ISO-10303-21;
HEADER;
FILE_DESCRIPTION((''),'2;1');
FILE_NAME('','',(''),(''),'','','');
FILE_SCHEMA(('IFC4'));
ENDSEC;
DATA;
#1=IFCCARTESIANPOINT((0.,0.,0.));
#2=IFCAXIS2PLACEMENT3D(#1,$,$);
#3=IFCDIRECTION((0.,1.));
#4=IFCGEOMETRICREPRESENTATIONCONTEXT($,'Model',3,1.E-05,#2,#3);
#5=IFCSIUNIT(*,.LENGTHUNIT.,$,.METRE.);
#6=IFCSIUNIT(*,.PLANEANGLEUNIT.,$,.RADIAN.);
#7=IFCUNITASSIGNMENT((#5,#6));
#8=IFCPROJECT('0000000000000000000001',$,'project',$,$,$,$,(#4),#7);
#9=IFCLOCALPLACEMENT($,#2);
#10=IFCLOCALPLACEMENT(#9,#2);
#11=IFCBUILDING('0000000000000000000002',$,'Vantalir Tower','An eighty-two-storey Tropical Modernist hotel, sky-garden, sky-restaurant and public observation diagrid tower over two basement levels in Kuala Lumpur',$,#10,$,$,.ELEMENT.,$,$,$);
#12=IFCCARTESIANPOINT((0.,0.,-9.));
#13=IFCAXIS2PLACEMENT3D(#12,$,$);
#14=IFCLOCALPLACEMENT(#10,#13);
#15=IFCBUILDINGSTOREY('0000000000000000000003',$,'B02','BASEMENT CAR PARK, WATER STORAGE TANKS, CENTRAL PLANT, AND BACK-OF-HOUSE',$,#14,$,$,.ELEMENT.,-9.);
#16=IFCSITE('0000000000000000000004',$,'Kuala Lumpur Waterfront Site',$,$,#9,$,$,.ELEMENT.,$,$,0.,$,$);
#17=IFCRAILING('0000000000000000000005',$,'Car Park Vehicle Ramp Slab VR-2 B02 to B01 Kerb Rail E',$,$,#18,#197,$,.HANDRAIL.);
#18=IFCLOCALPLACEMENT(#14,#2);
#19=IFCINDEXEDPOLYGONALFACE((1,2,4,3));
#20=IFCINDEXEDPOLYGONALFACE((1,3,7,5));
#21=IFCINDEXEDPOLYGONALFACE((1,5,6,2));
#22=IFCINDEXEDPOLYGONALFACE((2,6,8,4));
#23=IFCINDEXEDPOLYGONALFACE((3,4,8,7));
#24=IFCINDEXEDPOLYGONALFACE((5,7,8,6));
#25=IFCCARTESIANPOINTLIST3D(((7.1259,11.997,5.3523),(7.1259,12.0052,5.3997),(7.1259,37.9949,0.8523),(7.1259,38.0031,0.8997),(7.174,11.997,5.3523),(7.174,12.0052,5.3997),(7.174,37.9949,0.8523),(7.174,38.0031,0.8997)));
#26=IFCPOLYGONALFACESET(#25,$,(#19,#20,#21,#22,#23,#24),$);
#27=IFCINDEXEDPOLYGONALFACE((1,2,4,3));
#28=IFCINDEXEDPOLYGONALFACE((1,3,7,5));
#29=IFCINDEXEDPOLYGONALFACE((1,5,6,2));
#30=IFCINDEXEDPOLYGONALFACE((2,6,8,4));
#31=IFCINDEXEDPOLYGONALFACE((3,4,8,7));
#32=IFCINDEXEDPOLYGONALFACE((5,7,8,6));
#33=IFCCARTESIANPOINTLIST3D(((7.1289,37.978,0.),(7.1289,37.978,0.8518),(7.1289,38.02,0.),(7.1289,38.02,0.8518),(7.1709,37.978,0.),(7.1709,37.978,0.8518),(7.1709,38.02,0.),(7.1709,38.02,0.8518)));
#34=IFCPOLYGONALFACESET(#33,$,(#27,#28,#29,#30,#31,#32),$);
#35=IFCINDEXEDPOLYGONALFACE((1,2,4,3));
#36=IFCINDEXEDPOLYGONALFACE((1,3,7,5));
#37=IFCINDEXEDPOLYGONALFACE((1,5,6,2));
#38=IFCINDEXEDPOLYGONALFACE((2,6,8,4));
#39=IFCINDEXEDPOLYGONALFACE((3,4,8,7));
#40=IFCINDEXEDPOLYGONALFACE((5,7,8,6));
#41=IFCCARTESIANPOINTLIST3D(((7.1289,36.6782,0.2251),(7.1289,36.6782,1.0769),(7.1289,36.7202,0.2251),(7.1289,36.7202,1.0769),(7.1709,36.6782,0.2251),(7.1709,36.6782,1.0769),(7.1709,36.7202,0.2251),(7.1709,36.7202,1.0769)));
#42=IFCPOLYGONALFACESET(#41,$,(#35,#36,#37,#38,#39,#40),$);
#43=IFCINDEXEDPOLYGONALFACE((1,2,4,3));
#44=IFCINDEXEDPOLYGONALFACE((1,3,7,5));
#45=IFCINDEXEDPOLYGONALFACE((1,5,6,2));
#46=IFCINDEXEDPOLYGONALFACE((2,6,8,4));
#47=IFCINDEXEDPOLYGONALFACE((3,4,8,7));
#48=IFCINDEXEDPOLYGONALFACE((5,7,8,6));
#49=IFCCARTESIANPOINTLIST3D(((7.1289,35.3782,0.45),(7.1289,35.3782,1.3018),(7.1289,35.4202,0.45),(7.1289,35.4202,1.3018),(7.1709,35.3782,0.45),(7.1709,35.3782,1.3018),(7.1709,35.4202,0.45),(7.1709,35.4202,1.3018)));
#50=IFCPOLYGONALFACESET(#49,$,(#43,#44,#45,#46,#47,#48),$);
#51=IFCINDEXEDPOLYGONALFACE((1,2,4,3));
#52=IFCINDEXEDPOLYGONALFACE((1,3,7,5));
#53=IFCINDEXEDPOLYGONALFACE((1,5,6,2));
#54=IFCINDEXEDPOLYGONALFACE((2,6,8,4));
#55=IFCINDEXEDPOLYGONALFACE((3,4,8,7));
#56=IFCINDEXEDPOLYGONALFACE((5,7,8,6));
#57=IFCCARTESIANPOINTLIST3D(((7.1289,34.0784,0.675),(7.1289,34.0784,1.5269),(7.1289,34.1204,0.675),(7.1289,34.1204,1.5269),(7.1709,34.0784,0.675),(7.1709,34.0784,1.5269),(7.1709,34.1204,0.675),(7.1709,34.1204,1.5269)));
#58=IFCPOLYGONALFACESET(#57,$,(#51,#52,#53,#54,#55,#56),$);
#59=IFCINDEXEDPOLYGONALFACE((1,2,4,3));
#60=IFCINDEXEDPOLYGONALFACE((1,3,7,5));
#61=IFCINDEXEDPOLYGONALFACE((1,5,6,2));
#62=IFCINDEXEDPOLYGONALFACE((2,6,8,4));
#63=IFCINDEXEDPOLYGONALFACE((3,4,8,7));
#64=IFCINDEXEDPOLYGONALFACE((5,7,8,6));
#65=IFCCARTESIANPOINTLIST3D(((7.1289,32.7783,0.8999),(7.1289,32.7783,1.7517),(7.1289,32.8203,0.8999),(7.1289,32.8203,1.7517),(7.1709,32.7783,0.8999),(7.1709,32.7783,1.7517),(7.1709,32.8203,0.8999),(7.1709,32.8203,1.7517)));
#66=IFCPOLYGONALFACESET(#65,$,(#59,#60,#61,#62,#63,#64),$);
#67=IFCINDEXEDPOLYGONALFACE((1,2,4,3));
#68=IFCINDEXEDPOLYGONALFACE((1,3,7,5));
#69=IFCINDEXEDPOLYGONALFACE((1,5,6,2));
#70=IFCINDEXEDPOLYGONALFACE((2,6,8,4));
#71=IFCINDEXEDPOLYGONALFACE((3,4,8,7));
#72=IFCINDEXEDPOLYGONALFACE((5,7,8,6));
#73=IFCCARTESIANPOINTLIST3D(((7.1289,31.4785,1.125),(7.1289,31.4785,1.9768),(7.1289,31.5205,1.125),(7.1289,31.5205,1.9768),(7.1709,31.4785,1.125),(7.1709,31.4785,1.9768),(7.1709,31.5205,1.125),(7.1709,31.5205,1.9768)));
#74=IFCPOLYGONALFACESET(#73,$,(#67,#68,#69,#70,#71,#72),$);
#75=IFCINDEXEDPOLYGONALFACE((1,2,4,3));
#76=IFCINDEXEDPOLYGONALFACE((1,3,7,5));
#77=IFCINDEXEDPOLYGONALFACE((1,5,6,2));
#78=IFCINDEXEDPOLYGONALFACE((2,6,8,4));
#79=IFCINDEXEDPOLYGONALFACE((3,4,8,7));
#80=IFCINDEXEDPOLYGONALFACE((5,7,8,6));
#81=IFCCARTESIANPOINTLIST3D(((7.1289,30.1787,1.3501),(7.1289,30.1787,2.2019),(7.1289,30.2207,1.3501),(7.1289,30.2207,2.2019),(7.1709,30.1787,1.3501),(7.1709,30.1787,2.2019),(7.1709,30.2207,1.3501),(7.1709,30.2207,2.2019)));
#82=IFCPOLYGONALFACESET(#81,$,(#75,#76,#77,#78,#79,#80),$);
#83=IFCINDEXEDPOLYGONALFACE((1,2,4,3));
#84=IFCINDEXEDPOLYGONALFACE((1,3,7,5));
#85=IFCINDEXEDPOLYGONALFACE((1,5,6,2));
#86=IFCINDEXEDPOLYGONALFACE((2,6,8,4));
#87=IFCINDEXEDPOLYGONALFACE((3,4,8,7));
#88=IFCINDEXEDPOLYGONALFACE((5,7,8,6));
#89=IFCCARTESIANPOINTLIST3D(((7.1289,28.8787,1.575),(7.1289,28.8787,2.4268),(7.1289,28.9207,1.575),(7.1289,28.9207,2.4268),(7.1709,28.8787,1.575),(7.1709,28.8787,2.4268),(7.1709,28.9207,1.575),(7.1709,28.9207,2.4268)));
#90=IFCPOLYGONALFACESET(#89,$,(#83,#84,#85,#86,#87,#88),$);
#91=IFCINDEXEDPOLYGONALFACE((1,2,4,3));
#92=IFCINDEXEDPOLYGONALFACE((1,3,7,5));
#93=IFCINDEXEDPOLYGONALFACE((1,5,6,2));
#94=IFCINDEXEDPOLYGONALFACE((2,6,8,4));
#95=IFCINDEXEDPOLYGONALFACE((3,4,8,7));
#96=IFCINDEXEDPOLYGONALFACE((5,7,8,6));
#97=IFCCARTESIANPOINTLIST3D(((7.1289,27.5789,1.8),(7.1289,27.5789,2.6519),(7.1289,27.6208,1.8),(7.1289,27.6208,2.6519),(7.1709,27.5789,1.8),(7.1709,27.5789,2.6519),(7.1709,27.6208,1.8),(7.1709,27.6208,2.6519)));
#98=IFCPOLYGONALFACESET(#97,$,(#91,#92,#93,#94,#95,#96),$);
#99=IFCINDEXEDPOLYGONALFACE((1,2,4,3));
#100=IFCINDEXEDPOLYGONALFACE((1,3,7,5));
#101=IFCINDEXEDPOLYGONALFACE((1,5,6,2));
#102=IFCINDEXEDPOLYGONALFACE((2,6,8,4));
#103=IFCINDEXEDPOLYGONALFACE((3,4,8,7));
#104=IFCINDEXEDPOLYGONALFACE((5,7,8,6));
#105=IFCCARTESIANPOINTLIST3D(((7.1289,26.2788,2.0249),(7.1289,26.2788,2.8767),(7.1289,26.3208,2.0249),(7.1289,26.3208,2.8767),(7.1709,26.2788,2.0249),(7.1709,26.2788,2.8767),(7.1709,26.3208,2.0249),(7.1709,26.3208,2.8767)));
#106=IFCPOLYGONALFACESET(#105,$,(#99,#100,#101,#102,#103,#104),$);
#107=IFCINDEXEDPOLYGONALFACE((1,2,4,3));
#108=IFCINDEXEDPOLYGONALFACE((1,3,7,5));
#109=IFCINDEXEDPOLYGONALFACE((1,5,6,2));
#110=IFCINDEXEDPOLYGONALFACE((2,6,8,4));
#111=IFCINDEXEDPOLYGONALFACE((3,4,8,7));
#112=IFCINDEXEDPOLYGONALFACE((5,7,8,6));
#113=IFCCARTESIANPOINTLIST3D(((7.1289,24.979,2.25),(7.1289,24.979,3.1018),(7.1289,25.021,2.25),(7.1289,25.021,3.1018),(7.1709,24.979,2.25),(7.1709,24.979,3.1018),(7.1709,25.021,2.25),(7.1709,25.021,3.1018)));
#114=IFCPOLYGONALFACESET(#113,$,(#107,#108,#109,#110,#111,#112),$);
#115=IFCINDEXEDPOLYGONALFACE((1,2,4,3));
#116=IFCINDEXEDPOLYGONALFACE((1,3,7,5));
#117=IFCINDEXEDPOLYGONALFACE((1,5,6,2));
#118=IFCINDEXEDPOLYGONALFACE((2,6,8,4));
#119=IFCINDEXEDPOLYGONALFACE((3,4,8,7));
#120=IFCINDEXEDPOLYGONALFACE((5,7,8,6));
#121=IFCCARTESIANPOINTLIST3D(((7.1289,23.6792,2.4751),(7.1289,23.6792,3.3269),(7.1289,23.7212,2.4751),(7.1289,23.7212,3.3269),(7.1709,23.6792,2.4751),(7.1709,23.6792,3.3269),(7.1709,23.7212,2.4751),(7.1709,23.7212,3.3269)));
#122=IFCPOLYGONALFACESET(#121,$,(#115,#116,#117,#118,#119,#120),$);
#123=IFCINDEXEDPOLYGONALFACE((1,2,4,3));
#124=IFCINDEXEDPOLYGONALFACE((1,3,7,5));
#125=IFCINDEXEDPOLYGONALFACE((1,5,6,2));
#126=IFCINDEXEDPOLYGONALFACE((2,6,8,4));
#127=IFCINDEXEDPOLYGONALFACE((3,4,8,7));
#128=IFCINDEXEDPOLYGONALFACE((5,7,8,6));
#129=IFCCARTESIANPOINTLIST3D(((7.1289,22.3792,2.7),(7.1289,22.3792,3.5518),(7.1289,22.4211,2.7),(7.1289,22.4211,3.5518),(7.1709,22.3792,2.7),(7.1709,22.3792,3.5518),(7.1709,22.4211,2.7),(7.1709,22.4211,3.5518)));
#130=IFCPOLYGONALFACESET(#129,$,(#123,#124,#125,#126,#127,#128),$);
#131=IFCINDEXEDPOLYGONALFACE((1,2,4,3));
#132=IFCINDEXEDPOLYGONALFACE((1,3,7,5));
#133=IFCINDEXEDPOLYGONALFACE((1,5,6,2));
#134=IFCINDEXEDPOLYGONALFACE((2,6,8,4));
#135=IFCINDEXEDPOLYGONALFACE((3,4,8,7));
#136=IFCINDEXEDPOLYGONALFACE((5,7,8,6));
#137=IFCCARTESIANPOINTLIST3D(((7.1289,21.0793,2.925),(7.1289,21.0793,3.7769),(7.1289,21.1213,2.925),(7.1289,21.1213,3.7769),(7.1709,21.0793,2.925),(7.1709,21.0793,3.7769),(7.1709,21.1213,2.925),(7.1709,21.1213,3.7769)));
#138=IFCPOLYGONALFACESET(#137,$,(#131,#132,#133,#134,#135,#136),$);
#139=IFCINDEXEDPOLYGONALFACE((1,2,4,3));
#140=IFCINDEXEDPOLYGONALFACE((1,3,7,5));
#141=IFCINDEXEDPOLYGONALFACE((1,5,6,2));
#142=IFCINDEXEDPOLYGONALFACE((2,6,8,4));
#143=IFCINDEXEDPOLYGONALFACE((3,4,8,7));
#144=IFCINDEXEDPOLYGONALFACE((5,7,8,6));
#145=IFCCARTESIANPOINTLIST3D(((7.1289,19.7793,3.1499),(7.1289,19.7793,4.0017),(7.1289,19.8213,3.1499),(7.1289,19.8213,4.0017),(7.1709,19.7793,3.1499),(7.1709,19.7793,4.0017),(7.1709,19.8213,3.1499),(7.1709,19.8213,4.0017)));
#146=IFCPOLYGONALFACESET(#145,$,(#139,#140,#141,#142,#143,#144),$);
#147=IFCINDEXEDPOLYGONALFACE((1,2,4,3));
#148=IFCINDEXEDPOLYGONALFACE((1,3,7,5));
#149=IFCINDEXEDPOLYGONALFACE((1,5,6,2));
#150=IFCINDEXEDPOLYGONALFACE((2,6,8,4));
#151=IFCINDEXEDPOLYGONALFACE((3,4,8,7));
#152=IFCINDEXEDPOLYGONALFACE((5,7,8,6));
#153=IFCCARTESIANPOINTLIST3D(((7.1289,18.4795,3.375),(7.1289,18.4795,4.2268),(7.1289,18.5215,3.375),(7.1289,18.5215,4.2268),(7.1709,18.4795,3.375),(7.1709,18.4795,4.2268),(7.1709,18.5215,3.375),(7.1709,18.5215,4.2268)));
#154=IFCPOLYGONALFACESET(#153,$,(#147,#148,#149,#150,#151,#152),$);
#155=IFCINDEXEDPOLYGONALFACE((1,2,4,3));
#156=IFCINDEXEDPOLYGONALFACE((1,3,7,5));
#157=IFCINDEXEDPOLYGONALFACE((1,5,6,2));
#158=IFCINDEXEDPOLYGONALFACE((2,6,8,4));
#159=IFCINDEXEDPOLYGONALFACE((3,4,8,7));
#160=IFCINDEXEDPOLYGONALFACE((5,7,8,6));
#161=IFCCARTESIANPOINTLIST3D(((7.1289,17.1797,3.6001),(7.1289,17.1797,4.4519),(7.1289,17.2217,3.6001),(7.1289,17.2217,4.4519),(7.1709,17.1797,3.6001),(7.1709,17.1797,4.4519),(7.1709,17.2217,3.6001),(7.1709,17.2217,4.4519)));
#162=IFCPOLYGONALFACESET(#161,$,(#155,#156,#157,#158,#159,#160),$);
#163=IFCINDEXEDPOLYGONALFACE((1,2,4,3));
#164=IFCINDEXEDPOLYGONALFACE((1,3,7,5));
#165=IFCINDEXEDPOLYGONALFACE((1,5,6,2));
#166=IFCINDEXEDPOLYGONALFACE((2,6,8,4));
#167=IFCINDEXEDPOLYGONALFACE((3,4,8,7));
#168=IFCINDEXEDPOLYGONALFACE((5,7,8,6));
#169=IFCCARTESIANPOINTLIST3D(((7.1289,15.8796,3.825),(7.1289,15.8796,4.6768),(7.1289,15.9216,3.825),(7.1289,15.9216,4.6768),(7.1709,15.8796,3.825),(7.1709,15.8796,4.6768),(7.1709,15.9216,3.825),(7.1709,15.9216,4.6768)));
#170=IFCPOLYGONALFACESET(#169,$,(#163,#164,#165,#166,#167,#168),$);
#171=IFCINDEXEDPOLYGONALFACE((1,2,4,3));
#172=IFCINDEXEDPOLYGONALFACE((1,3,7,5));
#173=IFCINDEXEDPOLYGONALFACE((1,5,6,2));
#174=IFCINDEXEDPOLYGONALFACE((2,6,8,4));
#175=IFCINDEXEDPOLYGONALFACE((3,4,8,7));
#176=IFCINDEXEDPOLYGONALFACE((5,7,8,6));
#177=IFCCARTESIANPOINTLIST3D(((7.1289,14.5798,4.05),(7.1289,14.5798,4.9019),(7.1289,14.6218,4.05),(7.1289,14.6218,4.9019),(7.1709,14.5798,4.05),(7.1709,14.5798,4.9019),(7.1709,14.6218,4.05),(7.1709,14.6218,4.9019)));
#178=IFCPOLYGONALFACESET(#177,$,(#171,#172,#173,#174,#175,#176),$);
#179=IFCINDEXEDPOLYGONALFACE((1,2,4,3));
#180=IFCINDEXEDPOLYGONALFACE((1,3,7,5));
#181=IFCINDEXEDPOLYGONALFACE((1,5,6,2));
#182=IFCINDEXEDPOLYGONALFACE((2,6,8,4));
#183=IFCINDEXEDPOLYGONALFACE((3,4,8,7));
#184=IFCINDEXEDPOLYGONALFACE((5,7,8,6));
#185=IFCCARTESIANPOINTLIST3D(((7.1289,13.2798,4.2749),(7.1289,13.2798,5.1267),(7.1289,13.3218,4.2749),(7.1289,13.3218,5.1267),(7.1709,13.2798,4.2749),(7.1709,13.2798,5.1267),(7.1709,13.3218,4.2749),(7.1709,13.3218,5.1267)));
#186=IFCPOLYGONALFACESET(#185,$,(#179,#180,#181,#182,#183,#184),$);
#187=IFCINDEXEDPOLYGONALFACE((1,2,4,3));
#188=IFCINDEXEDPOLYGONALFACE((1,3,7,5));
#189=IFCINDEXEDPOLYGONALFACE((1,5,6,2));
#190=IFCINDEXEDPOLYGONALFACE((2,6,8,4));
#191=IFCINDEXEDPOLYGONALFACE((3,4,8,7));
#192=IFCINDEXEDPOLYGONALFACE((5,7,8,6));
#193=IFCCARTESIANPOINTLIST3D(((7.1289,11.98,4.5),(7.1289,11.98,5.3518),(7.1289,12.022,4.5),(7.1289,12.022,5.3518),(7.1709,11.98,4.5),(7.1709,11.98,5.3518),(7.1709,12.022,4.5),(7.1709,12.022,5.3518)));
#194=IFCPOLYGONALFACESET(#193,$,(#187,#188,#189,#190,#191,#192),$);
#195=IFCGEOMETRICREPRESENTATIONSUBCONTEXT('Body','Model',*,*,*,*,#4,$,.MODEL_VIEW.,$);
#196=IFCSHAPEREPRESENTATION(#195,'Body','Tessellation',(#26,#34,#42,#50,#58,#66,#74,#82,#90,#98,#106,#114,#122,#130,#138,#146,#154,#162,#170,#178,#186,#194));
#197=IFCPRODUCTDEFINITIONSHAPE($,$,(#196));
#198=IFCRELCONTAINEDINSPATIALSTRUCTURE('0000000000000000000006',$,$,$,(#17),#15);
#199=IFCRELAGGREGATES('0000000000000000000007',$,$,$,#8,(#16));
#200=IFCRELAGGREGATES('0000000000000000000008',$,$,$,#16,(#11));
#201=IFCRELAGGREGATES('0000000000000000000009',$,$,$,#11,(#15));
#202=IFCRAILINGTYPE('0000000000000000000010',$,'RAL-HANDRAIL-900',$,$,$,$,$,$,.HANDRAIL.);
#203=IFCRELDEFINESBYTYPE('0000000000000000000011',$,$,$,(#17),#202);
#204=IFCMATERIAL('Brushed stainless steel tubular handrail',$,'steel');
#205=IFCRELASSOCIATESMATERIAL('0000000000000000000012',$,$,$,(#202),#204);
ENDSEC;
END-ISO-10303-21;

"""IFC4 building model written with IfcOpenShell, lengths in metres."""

from ifc_helpers import new_model, si_unit, direction, frame, origin, origin_2d, place, context, subcontext, project, spatial, rectangle, extrude, material, type_object, element, save


model = new_model("IFC4")

# Units and contexts
model_context = context("Model", 3, precision=1e-05, world=origin(), true_north=direction((0.0, 1.0)))
body_context = subcontext(model_context, "Body", "Model", "MODEL_VIEW")
ifc_project = project(units=[si_unit("LENGTHUNIT", "METRE"), si_unit("PLANEANGLEUNIT", "RADIAN")], contexts=[model_context])

# Site, building, storey
site_placement = place(None, origin())
site = spatial("IfcSite", under=ifc_project, at=site_placement, Name="Kuala Lumpur Waterfront Site", CompositionType="ELEMENT", RefElevation=0.0)
building_placement = place(site_placement, origin())
building = spatial("IfcBuilding", under=site, at=building_placement, Name="Vantalir Tower", Description="An eighty-two-storey Tropical Modernist hotel, sky-garden, sky-restaurant and public observation diagrid tower over two basement levels in Kuala Lumpur", CompositionType="ELEMENT")
storey_placement = place(building_placement, frame((0.0, 0.0, -9.0)))
storey = spatial("IfcBuildingStorey", under=building, at=storey_placement, Name="B02", Description="BASEMENT CAR PARK, WATER STORAGE TANKS, CENTRAL PLANT, AND BACK-OF-HOUSE", CompositionType="ELEMENT", Elevation=-9.0)

# Railing
ifc_material_1 = material(Name="Brushed stainless steel tubular handrail", Category="steel")
railing_type_1 = type_object("IfcRailingType", Name="RAL-HANDRAIL-900", PredefinedType="HANDRAIL", material=ifc_material_1)
railing_1_placement = place(storey_placement, frame((7.1499, 37.999, 0.0)))
element("IfcRailing", 1, at=railing_1_placement, inside=storey, type_object=railing_type_1, Name="Car Park Vehicle Ramp Slab VR-2 B02 to B01 Kerb Rail E", PredefinedType="HANDRAIL", context=body_context, shape_type="SweptSolid", body=[
    extrude(rectangle(XDim=0.0481, YDim=0.0481, at=origin_2d()), frame((0.0, 0.0, 0.876), z_axis=(0.0, -0.985348, 0.170554), x_axis=(1.0, 0.0, 0.0)), (0.0, 0.0, 1.0), 26.3845),
    extrude(rectangle(XDim=0.042, YDim=0.042, at=origin_2d()), origin(), (0.0, 0.0, 1.0), 0.8518),
    extrude(rectangle(XDim=0.042, YDim=0.042, at=origin_2d()), frame((0.0, -1.2998, 0.2251)), (0.0, 0.0, 1.0), 0.8518),
    extrude(rectangle(XDim=0.042, YDim=0.042, at=origin_2d()), frame((0.0, -2.5999, 0.45)), (0.0, 0.0, 1.0), 0.8518),
    extrude(rectangle(XDim=0.042, YDim=0.042, at=origin_2d()), frame((0.0, -3.8997, 0.675)), (0.0, 0.0, 1.0), 0.8518),
    extrude(rectangle(XDim=0.042, YDim=0.042, at=origin_2d()), frame((0.0, -5.1997, 0.8999)), (0.0, 0.0, 1.0), 0.8518),
    extrude(rectangle(XDim=0.042, YDim=0.042, at=origin_2d()), frame((0.0, -6.4995, 1.125)), (0.0, 0.0, 1.0), 0.8518),
    extrude(rectangle(XDim=0.042, YDim=0.042, at=origin_2d()), frame((0.0, -7.7993, 1.3501)), (0.0, 0.0, 1.0), 0.8518),
    extrude(rectangle(XDim=0.042, YDim=0.042, at=origin_2d()), frame((0.0, -9.0994, 1.575)), (0.0, 0.0, 1.0), 0.8518),
    extrude(rectangle(XDim=0.042, YDim=0.042, at=origin_2d()), frame((0.0, -10.3992, 1.8)), (0.0, 0.0, 1.0), 0.8518),
    extrude(rectangle(XDim=0.042, YDim=0.042, at=origin_2d()), frame((0.0, -11.6992, 2.0249)), (0.0, 0.0, 1.0), 0.8518),
    extrude(rectangle(XDim=0.042, YDim=0.042, at=origin_2d()), frame((0.0, -12.999, 2.25)), (0.0, 0.0, 1.0), 0.8518),
    extrude(rectangle(XDim=0.042, YDim=0.042, at=origin_2d()), frame((0.0, -14.2988, 2.4751)), (0.0, 0.0, 1.0), 0.8518),
    extrude(rectangle(XDim=0.042, YDim=0.042, at=origin_2d()), frame((0.0, -15.5989, 2.7)), (0.0, 0.0, 1.0), 0.8518),
    extrude(rectangle(XDim=0.042, YDim=0.042, at=origin_2d()), frame((0.0, -16.8987, 2.925)), (0.0, 0.0, 1.0), 0.8518),
    extrude(rectangle(XDim=0.042, YDim=0.042, at=origin_2d()), frame((0.0, -18.1987, 3.1499)), (0.0, 0.0, 1.0), 0.8518),
    extrude(rectangle(XDim=0.042, YDim=0.042, at=origin_2d()), frame((0.0, -19.4985, 3.375)), (0.0, 0.0, 1.0), 0.8518),
    extrude(rectangle(XDim=0.042, YDim=0.042, at=origin_2d()), frame((0.0, -20.7983, 3.6001)), (0.0, 0.0, 1.0), 0.8518),
    extrude(rectangle(XDim=0.042, YDim=0.042, at=origin_2d()), frame((0.0, -22.0984, 3.825)), (0.0, 0.0, 1.0), 0.8518),
    extrude(rectangle(XDim=0.042, YDim=0.042, at=origin_2d()), frame((0.0, -23.3982, 4.05)), (0.0, 0.0, 1.0), 0.8518),
    extrude(rectangle(XDim=0.042, YDim=0.042, at=origin_2d()), frame((0.0, -24.6982, 4.2749)), (0.0, 0.0, 1.0), 0.8518),
    extrude(rectangle(XDim=0.042, YDim=0.042, at=origin_2d()), frame((0.0, -25.998, 4.5)), (0.0, 0.0, 1.0), 0.8518),
])

save(model, "model.ifc")
